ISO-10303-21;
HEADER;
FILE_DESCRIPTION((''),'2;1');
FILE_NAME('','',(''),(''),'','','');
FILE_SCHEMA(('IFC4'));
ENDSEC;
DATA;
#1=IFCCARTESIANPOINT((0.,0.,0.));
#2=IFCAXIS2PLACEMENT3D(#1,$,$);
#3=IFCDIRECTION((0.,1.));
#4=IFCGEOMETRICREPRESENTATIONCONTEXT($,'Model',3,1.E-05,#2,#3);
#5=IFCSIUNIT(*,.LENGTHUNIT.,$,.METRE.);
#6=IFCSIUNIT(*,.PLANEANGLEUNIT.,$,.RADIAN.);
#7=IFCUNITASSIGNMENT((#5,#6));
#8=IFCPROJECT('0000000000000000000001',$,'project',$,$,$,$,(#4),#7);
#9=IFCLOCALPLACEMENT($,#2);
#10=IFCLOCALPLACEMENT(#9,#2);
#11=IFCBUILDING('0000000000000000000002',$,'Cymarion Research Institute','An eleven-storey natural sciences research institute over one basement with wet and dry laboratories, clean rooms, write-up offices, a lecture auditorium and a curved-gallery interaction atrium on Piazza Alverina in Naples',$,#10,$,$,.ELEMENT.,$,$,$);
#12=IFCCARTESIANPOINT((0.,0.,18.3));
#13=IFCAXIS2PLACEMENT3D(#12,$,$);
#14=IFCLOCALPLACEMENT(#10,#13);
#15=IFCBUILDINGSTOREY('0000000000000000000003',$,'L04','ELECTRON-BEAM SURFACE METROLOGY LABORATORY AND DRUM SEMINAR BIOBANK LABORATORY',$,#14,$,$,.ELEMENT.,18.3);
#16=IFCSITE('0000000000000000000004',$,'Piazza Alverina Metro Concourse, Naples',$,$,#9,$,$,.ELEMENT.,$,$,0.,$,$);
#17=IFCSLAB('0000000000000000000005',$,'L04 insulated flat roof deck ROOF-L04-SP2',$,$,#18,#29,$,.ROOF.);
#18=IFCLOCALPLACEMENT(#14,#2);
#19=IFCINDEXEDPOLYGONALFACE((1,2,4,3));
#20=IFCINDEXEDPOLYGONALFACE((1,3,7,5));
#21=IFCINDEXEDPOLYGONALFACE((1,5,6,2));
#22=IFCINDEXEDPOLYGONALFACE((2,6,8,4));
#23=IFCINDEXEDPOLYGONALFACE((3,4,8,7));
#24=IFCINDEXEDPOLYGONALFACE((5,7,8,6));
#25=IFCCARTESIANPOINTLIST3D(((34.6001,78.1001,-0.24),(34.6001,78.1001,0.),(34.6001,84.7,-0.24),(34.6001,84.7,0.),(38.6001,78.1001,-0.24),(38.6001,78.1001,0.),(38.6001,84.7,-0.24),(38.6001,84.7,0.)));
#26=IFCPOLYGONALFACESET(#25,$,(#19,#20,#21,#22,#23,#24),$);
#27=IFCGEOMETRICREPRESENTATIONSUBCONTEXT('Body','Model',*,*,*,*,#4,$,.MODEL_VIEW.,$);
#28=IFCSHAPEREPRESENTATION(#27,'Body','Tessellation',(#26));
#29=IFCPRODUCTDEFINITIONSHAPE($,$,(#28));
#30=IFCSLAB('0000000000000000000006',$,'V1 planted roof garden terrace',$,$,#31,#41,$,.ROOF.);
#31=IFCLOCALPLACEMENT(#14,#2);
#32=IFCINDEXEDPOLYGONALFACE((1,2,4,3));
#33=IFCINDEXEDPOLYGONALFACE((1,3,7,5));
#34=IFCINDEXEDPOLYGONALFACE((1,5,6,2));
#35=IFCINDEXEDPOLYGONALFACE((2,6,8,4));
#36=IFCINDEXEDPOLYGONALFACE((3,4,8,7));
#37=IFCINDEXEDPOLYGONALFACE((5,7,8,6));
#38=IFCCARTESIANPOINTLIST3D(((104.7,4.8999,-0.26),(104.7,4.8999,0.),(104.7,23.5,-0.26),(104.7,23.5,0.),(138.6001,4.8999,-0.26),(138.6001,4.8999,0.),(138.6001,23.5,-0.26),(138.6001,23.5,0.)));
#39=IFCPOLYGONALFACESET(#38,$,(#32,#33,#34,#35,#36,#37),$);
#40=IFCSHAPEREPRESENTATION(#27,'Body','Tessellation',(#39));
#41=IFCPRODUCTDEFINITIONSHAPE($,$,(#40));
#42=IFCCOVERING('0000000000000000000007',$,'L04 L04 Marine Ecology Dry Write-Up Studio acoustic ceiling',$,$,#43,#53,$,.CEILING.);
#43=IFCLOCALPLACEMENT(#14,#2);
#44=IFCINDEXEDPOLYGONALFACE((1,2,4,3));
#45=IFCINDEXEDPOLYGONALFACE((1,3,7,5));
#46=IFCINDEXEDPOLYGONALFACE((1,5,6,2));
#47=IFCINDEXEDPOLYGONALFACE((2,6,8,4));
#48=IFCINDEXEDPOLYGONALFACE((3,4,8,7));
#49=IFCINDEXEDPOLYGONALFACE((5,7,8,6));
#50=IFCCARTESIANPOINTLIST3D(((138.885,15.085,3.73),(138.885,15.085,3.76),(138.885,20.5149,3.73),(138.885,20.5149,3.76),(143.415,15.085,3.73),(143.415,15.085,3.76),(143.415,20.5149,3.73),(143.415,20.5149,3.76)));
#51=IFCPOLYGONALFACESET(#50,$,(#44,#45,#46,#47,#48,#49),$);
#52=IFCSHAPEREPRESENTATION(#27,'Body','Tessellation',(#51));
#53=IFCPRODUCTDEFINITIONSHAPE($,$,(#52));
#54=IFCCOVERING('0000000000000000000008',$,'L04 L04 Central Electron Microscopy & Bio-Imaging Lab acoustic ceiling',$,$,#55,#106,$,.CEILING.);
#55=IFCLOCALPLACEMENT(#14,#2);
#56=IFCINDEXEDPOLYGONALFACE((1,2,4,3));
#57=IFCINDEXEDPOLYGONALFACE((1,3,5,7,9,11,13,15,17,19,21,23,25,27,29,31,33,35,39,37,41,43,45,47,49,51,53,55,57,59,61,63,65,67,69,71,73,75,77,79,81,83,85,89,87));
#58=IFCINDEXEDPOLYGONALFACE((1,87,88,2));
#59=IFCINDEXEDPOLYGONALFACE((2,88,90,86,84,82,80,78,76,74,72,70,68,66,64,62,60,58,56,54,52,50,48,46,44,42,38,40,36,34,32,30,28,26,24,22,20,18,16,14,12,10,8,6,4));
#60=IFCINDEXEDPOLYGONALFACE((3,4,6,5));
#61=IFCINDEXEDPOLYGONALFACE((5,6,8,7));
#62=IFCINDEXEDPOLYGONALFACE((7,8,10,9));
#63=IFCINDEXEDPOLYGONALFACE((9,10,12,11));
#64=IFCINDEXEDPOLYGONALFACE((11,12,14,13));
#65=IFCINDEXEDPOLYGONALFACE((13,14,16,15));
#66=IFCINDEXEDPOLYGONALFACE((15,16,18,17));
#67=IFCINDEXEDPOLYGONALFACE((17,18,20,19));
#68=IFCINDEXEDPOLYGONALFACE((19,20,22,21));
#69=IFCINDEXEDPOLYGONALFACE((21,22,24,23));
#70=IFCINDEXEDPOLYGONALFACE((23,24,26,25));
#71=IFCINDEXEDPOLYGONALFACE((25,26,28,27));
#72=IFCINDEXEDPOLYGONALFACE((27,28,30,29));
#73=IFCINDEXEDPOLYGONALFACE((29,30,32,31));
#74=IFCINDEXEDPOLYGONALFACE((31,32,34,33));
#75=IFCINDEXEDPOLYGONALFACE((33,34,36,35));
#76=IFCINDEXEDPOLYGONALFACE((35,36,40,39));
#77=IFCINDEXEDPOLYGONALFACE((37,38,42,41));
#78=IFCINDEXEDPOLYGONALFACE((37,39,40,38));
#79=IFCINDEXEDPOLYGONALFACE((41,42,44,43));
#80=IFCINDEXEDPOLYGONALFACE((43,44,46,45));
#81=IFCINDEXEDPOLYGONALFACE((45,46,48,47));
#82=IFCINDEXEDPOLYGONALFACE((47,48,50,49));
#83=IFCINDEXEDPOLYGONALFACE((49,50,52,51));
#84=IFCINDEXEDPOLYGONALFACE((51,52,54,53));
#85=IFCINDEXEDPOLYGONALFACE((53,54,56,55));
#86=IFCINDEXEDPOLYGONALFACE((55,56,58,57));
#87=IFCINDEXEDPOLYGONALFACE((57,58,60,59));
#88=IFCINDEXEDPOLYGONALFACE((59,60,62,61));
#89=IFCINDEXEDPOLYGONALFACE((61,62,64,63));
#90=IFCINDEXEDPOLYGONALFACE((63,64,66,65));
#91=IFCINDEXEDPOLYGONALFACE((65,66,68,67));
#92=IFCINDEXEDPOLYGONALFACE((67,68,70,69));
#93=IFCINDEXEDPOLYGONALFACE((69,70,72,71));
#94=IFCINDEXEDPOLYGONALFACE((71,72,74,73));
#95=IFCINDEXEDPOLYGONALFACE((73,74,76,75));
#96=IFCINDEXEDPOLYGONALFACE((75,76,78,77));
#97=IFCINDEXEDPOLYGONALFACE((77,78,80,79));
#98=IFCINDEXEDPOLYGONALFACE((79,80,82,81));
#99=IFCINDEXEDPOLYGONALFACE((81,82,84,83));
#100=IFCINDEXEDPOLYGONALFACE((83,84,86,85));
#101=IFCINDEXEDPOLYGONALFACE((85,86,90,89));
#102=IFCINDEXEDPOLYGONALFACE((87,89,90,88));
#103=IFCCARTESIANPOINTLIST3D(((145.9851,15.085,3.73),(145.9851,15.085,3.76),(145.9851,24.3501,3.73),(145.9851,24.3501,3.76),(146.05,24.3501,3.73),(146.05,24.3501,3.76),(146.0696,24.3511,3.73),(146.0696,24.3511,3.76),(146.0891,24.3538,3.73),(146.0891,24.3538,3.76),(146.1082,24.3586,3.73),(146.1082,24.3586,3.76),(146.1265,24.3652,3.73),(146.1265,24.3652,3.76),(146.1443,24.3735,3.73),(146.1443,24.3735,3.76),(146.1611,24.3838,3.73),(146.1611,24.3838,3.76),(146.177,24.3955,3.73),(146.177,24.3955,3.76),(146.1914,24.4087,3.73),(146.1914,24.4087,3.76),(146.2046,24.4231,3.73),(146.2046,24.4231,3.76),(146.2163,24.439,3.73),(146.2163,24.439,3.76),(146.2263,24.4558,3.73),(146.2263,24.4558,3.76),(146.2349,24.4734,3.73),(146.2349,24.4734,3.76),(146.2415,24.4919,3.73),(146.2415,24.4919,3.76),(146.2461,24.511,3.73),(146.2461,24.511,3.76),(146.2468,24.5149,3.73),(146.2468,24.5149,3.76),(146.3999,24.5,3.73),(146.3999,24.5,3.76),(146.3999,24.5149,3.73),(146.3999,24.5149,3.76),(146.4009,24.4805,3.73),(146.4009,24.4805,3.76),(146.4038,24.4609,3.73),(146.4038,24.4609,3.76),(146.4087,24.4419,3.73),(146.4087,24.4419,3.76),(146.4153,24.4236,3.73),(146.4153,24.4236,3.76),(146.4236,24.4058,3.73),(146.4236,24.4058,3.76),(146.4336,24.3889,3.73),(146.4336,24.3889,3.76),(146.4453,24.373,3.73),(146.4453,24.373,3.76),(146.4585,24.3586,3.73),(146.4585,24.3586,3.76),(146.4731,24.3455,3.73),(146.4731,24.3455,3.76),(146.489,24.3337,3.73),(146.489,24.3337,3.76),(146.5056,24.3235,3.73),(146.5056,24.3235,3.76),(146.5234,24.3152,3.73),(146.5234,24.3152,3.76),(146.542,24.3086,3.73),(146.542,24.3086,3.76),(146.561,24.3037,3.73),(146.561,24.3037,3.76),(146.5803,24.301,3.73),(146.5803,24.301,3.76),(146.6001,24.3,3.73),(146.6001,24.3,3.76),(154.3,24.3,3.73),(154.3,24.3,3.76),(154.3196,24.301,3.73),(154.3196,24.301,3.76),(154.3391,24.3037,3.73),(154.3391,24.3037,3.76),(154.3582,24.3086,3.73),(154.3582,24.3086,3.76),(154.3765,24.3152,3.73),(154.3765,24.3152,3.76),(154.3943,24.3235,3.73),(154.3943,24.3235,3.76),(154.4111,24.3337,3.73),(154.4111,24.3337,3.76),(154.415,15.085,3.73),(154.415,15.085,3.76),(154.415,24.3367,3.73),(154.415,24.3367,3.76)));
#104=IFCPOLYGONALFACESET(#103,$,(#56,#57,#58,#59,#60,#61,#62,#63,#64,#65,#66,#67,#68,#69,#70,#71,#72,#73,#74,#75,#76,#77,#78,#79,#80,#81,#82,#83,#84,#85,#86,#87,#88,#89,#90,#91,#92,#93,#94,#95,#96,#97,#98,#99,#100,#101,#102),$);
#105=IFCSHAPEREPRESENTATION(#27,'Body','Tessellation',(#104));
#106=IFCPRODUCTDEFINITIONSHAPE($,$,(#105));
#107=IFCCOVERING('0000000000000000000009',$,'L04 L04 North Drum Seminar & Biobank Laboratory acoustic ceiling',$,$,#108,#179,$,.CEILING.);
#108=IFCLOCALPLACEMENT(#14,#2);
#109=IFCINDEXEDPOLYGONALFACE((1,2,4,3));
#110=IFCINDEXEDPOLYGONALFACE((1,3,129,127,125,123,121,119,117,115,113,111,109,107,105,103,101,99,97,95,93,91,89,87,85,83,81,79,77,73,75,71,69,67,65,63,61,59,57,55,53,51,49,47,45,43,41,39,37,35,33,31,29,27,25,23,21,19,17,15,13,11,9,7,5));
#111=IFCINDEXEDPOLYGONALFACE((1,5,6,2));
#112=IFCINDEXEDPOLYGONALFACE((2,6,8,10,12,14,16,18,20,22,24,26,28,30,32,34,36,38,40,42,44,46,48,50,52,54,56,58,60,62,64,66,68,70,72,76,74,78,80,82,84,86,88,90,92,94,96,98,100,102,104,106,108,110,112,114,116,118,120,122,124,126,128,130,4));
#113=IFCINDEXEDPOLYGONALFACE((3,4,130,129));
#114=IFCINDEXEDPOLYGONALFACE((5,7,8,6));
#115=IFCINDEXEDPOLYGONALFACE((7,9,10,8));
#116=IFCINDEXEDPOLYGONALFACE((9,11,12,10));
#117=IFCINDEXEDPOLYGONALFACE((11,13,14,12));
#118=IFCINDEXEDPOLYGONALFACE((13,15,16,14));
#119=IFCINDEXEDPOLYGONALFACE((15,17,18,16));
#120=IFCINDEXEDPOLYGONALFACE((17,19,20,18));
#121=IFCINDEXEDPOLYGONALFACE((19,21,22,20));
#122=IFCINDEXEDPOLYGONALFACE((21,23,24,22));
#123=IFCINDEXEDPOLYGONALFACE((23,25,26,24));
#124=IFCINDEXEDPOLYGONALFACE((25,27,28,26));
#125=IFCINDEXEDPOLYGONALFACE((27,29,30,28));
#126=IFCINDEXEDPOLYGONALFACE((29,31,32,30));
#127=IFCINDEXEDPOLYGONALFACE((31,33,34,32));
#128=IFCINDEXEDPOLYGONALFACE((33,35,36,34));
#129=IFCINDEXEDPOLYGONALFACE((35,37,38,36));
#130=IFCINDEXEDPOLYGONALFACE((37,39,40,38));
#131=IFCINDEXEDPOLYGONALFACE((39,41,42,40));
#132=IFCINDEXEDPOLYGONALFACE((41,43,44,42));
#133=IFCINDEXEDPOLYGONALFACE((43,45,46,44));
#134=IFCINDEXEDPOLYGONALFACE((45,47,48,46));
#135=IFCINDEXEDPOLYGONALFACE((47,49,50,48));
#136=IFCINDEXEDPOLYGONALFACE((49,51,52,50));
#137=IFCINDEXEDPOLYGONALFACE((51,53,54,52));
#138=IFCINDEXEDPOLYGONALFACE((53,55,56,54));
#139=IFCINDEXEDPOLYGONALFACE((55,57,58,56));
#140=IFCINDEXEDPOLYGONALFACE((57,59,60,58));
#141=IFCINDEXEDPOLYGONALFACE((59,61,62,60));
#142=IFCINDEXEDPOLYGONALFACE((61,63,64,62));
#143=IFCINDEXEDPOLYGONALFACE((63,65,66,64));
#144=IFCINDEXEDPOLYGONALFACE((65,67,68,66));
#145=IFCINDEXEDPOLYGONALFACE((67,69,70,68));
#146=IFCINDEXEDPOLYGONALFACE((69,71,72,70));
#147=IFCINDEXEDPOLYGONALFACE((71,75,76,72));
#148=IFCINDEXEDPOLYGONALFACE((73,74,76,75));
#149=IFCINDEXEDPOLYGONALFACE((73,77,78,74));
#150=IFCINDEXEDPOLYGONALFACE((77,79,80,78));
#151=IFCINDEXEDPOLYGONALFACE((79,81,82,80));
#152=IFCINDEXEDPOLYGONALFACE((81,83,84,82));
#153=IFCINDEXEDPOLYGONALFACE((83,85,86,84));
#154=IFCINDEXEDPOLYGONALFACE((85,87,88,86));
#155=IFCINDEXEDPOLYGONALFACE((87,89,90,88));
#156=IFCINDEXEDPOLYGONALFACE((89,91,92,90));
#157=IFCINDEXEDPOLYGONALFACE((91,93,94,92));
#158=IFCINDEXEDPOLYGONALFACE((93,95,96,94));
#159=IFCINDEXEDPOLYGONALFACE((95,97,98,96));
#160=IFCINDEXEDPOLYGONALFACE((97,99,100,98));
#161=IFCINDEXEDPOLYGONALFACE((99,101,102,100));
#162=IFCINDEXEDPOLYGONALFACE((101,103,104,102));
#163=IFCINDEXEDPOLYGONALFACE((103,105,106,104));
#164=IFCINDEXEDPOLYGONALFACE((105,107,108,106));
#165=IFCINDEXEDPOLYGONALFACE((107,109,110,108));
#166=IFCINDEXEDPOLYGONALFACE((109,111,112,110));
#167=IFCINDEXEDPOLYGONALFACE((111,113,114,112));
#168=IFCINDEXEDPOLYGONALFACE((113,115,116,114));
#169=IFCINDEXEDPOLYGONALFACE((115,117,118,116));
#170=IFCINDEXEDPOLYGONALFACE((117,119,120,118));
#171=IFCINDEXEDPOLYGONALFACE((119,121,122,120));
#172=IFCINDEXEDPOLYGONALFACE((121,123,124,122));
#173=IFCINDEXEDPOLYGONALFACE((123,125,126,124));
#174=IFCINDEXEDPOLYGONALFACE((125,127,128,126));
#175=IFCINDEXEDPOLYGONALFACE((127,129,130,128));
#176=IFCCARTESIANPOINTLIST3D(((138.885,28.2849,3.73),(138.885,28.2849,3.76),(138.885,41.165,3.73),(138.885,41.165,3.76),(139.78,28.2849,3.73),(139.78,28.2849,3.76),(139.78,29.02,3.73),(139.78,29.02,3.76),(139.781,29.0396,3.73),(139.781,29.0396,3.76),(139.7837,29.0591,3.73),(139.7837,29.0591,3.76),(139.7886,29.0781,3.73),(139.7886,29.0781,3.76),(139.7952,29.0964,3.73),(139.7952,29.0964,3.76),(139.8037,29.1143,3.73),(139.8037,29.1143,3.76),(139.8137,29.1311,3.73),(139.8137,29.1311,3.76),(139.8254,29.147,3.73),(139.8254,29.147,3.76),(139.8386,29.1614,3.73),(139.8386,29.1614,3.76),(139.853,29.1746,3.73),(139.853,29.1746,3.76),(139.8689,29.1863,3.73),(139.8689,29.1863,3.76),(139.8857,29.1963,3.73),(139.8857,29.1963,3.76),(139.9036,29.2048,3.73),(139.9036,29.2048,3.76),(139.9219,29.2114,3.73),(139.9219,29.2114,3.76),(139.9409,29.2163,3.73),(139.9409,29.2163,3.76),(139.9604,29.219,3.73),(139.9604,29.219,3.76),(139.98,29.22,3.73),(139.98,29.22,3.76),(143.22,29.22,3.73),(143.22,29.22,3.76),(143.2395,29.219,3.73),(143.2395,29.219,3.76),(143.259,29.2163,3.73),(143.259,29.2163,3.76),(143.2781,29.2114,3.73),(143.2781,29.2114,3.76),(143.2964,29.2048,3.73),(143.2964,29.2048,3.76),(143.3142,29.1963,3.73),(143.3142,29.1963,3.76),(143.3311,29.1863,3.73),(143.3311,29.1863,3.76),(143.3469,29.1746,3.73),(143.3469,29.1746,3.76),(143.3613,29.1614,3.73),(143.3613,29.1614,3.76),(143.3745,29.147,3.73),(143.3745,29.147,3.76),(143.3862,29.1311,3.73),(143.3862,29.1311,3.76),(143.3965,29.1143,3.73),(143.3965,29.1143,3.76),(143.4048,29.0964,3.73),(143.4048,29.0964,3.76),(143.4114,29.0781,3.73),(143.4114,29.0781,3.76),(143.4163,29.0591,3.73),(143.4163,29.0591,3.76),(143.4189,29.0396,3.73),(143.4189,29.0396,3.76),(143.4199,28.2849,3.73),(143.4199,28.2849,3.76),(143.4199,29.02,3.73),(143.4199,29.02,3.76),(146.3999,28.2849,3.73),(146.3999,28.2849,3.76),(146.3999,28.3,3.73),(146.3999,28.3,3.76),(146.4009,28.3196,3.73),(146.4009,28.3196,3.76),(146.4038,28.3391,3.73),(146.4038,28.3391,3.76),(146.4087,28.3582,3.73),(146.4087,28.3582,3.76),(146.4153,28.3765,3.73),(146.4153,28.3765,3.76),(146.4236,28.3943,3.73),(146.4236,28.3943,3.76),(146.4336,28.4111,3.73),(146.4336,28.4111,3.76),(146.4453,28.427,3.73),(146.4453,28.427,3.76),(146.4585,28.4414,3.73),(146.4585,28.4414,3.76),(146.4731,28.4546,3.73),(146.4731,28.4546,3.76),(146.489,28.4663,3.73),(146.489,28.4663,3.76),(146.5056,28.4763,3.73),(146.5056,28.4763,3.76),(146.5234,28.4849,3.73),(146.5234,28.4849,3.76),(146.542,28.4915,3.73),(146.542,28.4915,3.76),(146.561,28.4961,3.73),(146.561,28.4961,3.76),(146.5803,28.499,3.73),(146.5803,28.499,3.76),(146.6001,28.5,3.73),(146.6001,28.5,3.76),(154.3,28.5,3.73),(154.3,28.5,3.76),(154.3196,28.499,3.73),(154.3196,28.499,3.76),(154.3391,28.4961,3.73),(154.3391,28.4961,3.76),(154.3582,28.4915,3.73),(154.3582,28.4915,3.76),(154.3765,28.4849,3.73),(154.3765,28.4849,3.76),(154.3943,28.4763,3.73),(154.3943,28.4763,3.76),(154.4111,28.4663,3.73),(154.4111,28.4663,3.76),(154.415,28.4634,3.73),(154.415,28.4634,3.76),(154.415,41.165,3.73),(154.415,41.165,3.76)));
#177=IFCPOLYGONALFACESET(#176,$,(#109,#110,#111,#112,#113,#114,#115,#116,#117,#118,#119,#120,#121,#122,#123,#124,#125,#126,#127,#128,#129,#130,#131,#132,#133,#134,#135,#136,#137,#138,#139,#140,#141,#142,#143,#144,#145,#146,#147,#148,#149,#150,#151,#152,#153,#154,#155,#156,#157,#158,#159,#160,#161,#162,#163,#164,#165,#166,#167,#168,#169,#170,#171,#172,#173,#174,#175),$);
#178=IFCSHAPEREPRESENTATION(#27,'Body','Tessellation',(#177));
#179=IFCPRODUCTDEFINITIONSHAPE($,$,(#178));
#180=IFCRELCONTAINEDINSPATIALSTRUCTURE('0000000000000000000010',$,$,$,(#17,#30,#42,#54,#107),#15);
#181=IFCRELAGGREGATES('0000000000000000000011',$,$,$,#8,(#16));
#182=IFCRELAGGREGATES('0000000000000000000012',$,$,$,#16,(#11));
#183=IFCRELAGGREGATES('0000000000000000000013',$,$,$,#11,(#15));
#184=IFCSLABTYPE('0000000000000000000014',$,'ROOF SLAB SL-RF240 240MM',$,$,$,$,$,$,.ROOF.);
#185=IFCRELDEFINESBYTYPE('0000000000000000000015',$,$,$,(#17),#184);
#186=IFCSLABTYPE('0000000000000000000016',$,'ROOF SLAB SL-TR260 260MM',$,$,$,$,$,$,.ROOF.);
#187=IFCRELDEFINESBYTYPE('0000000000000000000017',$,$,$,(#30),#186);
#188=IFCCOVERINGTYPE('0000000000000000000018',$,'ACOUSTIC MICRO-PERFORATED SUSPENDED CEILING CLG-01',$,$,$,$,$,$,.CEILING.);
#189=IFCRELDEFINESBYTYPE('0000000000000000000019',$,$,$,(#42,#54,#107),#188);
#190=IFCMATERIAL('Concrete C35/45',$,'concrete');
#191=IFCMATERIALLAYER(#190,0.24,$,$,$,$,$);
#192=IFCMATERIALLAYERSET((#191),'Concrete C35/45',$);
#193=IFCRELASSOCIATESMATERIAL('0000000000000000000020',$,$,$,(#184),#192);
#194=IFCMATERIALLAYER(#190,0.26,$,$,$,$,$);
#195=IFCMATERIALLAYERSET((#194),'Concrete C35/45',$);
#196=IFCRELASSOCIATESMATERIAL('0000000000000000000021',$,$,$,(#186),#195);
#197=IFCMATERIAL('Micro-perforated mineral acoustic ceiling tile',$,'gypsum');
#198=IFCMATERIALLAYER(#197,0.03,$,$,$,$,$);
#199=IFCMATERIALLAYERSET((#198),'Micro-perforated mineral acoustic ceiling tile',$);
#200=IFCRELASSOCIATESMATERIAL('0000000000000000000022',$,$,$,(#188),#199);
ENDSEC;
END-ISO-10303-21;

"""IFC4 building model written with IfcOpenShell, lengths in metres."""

from ifc_helpers import new_model, si_unit, direction, frame, origin, place, context, subcontext, project, spatial, polyline, outline, extrude, material, layer, layer_set, type_object, element, save


model = new_model("IFC4")

# Units and contexts
model_context = context("Model", 3, precision=1e-05, world=origin(), true_north=direction((0.0, 1.0)))
body_context = subcontext(model_context, "Body", "Model", "MODEL_VIEW")
ifc_project = project(units=[si_unit("LENGTHUNIT", "METRE"), si_unit("PLANEANGLEUNIT", "RADIAN")], contexts=[model_context])

# Site, building, storey
site_placement = place(None, origin())
site = spatial("IfcSite", under=ifc_project, at=site_placement, Name="Piazza Alverina Metro Concourse, Naples", CompositionType="ELEMENT", RefElevation=0.0)
building_placement = place(site_placement, origin())
building = spatial("IfcBuilding", under=site, at=building_placement, Name="Cymarion Research Institute", Description="An eleven-storey natural sciences research institute over one basement with wet and dry laboratories, clean rooms, write-up offices, a lecture auditorium and a curved-gallery interaction atrium on Piazza Alverina in Naples", CompositionType="ELEMENT")
storey_placement = place(building_placement, frame((0.0, 0.0, 18.3)))
storey = spatial("IfcBuildingStorey", under=building, at=storey_placement, Name="L04", Description="ELECTRON-BEAM SURFACE METROLOGY LABORATORY AND DRUM SEMINAR BIOBANK LABORATORY", CompositionType="ELEMENT", Elevation=18.3)

# Shared definitions
ifc_material_1 = material(Name="Concrete C35/45", Category="concrete")

# Slabs
ifc_layer_1 = layer(ifc_material_1, 0.24)
ifc_layer_set_1 = layer_set([ifc_layer_1], Name="Concrete C35/45")
slab_type_1 = type_object("IfcSlabType", Name="ROOF SLAB SL-RF240 240MM", PredefinedType="ROOF", material=ifc_layer_set_1)
slab_1_placement = place(storey_placement, frame((0.0, 0.0, -0.24)))
element("IfcSlab", 1, at=slab_1_placement, inside=storey, type_object=slab_type_1, Name="L04 insulated flat roof deck ROOF-L04-SP2", PredefinedType="ROOF", context=body_context, shape_type="SweptSolid", body=[
    extrude(outline(polyline([(34.6001, 78.1001), (38.6001, 78.1001), (38.6001, 84.7), (34.6001, 84.7), (34.6001, 78.1001)])), origin(), (0.0, 0.0, 1.0), 0.24),
])
ifc_layer_2 = layer(ifc_material_1, 0.26)
ifc_layer_set_2 = layer_set([ifc_layer_2], Name="Concrete C35/45")
slab_type_2 = type_object("IfcSlabType", Name="ROOF SLAB SL-TR260 260MM", PredefinedType="ROOF", material=ifc_layer_set_2)
slab_2_placement = place(storey_placement, frame((0.0, 0.0, -0.26)))
element("IfcSlab", 2, at=slab_2_placement, inside=storey, type_object=slab_type_2, Name="V1 planted roof garden terrace", PredefinedType="ROOF", context=body_context, shape_type="SweptSolid", body=[
    extrude(outline(polyline([(104.7, 4.8999), (138.6001, 4.8999), (138.6001, 23.5), (104.7, 23.5), (104.7, 4.8999)])), origin(), (0.0, 0.0, 1.0), 0.26),
])

# Coverings
ifc_material_2 = material(Name="Micro-perforated mineral acoustic ceiling tile", Category="gypsum")
ifc_layer_3 = layer(ifc_material_2, 0.03)
ifc_layer_set_3 = layer_set([ifc_layer_3], Name="Micro-perforated mineral acoustic ceiling tile")
covering_type_1 = type_object("IfcCoveringType", Name="ACOUSTIC MICRO-PERFORATED SUSPENDED CEILING CLG-01", PredefinedType="CEILING", material=ifc_layer_set_3)
covering_1_placement = place(storey_placement, frame((0.0, 0.0, 3.73)))
element("IfcCovering", 3, at=covering_1_placement, inside=storey, type_object=covering_type_1, Name="L04 L04 Marine Ecology Dry Write-Up Studio acoustic ceiling", PredefinedType="CEILING", context=body_context, shape_type="SweptSolid", body=[
    extrude(outline(polyline([(143.415, 20.5149), (143.415, 15.085), (138.885, 15.085), (138.885, 20.5149), (143.415, 20.5149)])), origin(), (0.0, 0.0, 1.0), 0.03),
])
covering_2_placement = place(storey_placement, frame((0.0, 0.0, 3.73)))
element("IfcCovering", 4, at=covering_2_placement, inside=storey, type_object=covering_type_1, Name="L04 L04 Central Electron Microscopy & Bio-Imaging Lab acoustic ceiling", PredefinedType="CEILING", context=body_context, shape_type="SweptSolid", body=[
    extrude(outline(polyline([(146.3999, 24.5149), (146.3999, 24.5), (146.4009, 24.4805), (146.4038, 24.4609), (146.4087, 24.4419), (146.4153, 24.4236), (146.4236, 24.4058), (146.4336, 24.3889), (146.4453, 24.373), (146.4585, 24.3586), (146.4731, 24.3455), (146.489, 24.3337), (146.5056, 24.3235), (146.5234, 24.3152), (146.542, 24.3086), (146.561, 24.3037), (146.5803, 24.301), (146.6001, 24.3), (154.3, 24.3), (154.3196, 24.301), (154.3391, 24.3037), (154.3582, 24.3086), (154.3765, 24.3152), (154.3943, 24.3235), (154.4111, 24.3337), (154.415, 24.3367), (154.415, 15.085), (145.9851, 15.085), (145.9851, 24.3501), (146.05, 24.3501), (146.0696, 24.3511), (146.0891, 24.3538), (146.1082, 24.3586), (146.1265, 24.3652), (146.1443, 24.3735), (146.1611, 24.3838), (146.177, 24.3955), (146.1914, 24.4087), (146.2046, 24.4231), (146.2163, 24.439), (146.2263, 24.4558), (146.2349, 24.4734), (146.2415, 24.4919), (146.2461, 24.511), (146.2468, 24.5149), (146.3999, 24.5149)])), origin(), (0.0, 0.0, 1.0), 0.03),
])
covering_3_placement = place(storey_placement, frame((0.0, 0.0, 3.73)))
element("IfcCovering", 5, at=covering_3_placement, inside=storey, type_object=covering_type_1, Name="L04 L04 North Drum Seminar & Biobank Laboratory acoustic ceiling", PredefinedType="CEILING", context=body_context, shape_type="SweptSolid", body=[
    extrude(outline(polyline([(154.415, 41.165), (154.415, 28.4634), (154.4111, 28.4663), (154.3943, 28.4763), (154.3765, 28.4849), (154.3582, 28.4915), (154.3391, 28.4961), (154.3196, 28.499), (154.3, 28.5), (146.6001, 28.5), (146.5803, 28.499), (146.561, 28.4961), (146.542, 28.4915), (146.5234, 28.4849), (146.5056, 28.4763), (146.489, 28.4663), (146.4731, 28.4546), (146.4585, 28.4414), (146.4453, 28.427), (146.4336, 28.4111), (146.4236, 28.3943), (146.4153, 28.3765), (146.4087, 28.3582), (146.4038, 28.3391), (146.4009, 28.3196), (146.3999, 28.3), (146.3999, 28.2849), (143.4199, 28.2849), (143.4199, 29.02), (143.4189, 29.0396), (143.4163, 29.0591), (143.4114, 29.0781), (143.4048, 29.0964), (143.3965, 29.1143), (143.3862, 29.1311), (143.3745, 29.147), (143.3613, 29.1614), (143.3469, 29.1746), (143.3311, 29.1863), (143.3142, 29.1963), (143.2964, 29.2048), (143.2781, 29.2114), (143.259, 29.2163), (143.2395, 29.219), (143.22, 29.22), (139.98, 29.22), (139.9604, 29.219), (139.9409, 29.2163), (139.9219, 29.2114), (139.9036, 29.2048), (139.8857, 29.1963), (139.8689, 29.1863), (139.853, 29.1746), (139.8386, 29.1614), (139.8254, 29.147), (139.8137, 29.1311), (139.8037, 29.1143), (139.7952, 29.0964), (139.7886, 29.0781), (139.7837, 29.0591), (139.781, 29.0396), (139.78, 29.02), (139.78, 28.2849), (138.885, 28.2849), (138.885, 41.165), (154.415, 41.165)])), origin(), (0.0, 0.0, 1.0), 0.03),
])

save(model, "model.ifc")
